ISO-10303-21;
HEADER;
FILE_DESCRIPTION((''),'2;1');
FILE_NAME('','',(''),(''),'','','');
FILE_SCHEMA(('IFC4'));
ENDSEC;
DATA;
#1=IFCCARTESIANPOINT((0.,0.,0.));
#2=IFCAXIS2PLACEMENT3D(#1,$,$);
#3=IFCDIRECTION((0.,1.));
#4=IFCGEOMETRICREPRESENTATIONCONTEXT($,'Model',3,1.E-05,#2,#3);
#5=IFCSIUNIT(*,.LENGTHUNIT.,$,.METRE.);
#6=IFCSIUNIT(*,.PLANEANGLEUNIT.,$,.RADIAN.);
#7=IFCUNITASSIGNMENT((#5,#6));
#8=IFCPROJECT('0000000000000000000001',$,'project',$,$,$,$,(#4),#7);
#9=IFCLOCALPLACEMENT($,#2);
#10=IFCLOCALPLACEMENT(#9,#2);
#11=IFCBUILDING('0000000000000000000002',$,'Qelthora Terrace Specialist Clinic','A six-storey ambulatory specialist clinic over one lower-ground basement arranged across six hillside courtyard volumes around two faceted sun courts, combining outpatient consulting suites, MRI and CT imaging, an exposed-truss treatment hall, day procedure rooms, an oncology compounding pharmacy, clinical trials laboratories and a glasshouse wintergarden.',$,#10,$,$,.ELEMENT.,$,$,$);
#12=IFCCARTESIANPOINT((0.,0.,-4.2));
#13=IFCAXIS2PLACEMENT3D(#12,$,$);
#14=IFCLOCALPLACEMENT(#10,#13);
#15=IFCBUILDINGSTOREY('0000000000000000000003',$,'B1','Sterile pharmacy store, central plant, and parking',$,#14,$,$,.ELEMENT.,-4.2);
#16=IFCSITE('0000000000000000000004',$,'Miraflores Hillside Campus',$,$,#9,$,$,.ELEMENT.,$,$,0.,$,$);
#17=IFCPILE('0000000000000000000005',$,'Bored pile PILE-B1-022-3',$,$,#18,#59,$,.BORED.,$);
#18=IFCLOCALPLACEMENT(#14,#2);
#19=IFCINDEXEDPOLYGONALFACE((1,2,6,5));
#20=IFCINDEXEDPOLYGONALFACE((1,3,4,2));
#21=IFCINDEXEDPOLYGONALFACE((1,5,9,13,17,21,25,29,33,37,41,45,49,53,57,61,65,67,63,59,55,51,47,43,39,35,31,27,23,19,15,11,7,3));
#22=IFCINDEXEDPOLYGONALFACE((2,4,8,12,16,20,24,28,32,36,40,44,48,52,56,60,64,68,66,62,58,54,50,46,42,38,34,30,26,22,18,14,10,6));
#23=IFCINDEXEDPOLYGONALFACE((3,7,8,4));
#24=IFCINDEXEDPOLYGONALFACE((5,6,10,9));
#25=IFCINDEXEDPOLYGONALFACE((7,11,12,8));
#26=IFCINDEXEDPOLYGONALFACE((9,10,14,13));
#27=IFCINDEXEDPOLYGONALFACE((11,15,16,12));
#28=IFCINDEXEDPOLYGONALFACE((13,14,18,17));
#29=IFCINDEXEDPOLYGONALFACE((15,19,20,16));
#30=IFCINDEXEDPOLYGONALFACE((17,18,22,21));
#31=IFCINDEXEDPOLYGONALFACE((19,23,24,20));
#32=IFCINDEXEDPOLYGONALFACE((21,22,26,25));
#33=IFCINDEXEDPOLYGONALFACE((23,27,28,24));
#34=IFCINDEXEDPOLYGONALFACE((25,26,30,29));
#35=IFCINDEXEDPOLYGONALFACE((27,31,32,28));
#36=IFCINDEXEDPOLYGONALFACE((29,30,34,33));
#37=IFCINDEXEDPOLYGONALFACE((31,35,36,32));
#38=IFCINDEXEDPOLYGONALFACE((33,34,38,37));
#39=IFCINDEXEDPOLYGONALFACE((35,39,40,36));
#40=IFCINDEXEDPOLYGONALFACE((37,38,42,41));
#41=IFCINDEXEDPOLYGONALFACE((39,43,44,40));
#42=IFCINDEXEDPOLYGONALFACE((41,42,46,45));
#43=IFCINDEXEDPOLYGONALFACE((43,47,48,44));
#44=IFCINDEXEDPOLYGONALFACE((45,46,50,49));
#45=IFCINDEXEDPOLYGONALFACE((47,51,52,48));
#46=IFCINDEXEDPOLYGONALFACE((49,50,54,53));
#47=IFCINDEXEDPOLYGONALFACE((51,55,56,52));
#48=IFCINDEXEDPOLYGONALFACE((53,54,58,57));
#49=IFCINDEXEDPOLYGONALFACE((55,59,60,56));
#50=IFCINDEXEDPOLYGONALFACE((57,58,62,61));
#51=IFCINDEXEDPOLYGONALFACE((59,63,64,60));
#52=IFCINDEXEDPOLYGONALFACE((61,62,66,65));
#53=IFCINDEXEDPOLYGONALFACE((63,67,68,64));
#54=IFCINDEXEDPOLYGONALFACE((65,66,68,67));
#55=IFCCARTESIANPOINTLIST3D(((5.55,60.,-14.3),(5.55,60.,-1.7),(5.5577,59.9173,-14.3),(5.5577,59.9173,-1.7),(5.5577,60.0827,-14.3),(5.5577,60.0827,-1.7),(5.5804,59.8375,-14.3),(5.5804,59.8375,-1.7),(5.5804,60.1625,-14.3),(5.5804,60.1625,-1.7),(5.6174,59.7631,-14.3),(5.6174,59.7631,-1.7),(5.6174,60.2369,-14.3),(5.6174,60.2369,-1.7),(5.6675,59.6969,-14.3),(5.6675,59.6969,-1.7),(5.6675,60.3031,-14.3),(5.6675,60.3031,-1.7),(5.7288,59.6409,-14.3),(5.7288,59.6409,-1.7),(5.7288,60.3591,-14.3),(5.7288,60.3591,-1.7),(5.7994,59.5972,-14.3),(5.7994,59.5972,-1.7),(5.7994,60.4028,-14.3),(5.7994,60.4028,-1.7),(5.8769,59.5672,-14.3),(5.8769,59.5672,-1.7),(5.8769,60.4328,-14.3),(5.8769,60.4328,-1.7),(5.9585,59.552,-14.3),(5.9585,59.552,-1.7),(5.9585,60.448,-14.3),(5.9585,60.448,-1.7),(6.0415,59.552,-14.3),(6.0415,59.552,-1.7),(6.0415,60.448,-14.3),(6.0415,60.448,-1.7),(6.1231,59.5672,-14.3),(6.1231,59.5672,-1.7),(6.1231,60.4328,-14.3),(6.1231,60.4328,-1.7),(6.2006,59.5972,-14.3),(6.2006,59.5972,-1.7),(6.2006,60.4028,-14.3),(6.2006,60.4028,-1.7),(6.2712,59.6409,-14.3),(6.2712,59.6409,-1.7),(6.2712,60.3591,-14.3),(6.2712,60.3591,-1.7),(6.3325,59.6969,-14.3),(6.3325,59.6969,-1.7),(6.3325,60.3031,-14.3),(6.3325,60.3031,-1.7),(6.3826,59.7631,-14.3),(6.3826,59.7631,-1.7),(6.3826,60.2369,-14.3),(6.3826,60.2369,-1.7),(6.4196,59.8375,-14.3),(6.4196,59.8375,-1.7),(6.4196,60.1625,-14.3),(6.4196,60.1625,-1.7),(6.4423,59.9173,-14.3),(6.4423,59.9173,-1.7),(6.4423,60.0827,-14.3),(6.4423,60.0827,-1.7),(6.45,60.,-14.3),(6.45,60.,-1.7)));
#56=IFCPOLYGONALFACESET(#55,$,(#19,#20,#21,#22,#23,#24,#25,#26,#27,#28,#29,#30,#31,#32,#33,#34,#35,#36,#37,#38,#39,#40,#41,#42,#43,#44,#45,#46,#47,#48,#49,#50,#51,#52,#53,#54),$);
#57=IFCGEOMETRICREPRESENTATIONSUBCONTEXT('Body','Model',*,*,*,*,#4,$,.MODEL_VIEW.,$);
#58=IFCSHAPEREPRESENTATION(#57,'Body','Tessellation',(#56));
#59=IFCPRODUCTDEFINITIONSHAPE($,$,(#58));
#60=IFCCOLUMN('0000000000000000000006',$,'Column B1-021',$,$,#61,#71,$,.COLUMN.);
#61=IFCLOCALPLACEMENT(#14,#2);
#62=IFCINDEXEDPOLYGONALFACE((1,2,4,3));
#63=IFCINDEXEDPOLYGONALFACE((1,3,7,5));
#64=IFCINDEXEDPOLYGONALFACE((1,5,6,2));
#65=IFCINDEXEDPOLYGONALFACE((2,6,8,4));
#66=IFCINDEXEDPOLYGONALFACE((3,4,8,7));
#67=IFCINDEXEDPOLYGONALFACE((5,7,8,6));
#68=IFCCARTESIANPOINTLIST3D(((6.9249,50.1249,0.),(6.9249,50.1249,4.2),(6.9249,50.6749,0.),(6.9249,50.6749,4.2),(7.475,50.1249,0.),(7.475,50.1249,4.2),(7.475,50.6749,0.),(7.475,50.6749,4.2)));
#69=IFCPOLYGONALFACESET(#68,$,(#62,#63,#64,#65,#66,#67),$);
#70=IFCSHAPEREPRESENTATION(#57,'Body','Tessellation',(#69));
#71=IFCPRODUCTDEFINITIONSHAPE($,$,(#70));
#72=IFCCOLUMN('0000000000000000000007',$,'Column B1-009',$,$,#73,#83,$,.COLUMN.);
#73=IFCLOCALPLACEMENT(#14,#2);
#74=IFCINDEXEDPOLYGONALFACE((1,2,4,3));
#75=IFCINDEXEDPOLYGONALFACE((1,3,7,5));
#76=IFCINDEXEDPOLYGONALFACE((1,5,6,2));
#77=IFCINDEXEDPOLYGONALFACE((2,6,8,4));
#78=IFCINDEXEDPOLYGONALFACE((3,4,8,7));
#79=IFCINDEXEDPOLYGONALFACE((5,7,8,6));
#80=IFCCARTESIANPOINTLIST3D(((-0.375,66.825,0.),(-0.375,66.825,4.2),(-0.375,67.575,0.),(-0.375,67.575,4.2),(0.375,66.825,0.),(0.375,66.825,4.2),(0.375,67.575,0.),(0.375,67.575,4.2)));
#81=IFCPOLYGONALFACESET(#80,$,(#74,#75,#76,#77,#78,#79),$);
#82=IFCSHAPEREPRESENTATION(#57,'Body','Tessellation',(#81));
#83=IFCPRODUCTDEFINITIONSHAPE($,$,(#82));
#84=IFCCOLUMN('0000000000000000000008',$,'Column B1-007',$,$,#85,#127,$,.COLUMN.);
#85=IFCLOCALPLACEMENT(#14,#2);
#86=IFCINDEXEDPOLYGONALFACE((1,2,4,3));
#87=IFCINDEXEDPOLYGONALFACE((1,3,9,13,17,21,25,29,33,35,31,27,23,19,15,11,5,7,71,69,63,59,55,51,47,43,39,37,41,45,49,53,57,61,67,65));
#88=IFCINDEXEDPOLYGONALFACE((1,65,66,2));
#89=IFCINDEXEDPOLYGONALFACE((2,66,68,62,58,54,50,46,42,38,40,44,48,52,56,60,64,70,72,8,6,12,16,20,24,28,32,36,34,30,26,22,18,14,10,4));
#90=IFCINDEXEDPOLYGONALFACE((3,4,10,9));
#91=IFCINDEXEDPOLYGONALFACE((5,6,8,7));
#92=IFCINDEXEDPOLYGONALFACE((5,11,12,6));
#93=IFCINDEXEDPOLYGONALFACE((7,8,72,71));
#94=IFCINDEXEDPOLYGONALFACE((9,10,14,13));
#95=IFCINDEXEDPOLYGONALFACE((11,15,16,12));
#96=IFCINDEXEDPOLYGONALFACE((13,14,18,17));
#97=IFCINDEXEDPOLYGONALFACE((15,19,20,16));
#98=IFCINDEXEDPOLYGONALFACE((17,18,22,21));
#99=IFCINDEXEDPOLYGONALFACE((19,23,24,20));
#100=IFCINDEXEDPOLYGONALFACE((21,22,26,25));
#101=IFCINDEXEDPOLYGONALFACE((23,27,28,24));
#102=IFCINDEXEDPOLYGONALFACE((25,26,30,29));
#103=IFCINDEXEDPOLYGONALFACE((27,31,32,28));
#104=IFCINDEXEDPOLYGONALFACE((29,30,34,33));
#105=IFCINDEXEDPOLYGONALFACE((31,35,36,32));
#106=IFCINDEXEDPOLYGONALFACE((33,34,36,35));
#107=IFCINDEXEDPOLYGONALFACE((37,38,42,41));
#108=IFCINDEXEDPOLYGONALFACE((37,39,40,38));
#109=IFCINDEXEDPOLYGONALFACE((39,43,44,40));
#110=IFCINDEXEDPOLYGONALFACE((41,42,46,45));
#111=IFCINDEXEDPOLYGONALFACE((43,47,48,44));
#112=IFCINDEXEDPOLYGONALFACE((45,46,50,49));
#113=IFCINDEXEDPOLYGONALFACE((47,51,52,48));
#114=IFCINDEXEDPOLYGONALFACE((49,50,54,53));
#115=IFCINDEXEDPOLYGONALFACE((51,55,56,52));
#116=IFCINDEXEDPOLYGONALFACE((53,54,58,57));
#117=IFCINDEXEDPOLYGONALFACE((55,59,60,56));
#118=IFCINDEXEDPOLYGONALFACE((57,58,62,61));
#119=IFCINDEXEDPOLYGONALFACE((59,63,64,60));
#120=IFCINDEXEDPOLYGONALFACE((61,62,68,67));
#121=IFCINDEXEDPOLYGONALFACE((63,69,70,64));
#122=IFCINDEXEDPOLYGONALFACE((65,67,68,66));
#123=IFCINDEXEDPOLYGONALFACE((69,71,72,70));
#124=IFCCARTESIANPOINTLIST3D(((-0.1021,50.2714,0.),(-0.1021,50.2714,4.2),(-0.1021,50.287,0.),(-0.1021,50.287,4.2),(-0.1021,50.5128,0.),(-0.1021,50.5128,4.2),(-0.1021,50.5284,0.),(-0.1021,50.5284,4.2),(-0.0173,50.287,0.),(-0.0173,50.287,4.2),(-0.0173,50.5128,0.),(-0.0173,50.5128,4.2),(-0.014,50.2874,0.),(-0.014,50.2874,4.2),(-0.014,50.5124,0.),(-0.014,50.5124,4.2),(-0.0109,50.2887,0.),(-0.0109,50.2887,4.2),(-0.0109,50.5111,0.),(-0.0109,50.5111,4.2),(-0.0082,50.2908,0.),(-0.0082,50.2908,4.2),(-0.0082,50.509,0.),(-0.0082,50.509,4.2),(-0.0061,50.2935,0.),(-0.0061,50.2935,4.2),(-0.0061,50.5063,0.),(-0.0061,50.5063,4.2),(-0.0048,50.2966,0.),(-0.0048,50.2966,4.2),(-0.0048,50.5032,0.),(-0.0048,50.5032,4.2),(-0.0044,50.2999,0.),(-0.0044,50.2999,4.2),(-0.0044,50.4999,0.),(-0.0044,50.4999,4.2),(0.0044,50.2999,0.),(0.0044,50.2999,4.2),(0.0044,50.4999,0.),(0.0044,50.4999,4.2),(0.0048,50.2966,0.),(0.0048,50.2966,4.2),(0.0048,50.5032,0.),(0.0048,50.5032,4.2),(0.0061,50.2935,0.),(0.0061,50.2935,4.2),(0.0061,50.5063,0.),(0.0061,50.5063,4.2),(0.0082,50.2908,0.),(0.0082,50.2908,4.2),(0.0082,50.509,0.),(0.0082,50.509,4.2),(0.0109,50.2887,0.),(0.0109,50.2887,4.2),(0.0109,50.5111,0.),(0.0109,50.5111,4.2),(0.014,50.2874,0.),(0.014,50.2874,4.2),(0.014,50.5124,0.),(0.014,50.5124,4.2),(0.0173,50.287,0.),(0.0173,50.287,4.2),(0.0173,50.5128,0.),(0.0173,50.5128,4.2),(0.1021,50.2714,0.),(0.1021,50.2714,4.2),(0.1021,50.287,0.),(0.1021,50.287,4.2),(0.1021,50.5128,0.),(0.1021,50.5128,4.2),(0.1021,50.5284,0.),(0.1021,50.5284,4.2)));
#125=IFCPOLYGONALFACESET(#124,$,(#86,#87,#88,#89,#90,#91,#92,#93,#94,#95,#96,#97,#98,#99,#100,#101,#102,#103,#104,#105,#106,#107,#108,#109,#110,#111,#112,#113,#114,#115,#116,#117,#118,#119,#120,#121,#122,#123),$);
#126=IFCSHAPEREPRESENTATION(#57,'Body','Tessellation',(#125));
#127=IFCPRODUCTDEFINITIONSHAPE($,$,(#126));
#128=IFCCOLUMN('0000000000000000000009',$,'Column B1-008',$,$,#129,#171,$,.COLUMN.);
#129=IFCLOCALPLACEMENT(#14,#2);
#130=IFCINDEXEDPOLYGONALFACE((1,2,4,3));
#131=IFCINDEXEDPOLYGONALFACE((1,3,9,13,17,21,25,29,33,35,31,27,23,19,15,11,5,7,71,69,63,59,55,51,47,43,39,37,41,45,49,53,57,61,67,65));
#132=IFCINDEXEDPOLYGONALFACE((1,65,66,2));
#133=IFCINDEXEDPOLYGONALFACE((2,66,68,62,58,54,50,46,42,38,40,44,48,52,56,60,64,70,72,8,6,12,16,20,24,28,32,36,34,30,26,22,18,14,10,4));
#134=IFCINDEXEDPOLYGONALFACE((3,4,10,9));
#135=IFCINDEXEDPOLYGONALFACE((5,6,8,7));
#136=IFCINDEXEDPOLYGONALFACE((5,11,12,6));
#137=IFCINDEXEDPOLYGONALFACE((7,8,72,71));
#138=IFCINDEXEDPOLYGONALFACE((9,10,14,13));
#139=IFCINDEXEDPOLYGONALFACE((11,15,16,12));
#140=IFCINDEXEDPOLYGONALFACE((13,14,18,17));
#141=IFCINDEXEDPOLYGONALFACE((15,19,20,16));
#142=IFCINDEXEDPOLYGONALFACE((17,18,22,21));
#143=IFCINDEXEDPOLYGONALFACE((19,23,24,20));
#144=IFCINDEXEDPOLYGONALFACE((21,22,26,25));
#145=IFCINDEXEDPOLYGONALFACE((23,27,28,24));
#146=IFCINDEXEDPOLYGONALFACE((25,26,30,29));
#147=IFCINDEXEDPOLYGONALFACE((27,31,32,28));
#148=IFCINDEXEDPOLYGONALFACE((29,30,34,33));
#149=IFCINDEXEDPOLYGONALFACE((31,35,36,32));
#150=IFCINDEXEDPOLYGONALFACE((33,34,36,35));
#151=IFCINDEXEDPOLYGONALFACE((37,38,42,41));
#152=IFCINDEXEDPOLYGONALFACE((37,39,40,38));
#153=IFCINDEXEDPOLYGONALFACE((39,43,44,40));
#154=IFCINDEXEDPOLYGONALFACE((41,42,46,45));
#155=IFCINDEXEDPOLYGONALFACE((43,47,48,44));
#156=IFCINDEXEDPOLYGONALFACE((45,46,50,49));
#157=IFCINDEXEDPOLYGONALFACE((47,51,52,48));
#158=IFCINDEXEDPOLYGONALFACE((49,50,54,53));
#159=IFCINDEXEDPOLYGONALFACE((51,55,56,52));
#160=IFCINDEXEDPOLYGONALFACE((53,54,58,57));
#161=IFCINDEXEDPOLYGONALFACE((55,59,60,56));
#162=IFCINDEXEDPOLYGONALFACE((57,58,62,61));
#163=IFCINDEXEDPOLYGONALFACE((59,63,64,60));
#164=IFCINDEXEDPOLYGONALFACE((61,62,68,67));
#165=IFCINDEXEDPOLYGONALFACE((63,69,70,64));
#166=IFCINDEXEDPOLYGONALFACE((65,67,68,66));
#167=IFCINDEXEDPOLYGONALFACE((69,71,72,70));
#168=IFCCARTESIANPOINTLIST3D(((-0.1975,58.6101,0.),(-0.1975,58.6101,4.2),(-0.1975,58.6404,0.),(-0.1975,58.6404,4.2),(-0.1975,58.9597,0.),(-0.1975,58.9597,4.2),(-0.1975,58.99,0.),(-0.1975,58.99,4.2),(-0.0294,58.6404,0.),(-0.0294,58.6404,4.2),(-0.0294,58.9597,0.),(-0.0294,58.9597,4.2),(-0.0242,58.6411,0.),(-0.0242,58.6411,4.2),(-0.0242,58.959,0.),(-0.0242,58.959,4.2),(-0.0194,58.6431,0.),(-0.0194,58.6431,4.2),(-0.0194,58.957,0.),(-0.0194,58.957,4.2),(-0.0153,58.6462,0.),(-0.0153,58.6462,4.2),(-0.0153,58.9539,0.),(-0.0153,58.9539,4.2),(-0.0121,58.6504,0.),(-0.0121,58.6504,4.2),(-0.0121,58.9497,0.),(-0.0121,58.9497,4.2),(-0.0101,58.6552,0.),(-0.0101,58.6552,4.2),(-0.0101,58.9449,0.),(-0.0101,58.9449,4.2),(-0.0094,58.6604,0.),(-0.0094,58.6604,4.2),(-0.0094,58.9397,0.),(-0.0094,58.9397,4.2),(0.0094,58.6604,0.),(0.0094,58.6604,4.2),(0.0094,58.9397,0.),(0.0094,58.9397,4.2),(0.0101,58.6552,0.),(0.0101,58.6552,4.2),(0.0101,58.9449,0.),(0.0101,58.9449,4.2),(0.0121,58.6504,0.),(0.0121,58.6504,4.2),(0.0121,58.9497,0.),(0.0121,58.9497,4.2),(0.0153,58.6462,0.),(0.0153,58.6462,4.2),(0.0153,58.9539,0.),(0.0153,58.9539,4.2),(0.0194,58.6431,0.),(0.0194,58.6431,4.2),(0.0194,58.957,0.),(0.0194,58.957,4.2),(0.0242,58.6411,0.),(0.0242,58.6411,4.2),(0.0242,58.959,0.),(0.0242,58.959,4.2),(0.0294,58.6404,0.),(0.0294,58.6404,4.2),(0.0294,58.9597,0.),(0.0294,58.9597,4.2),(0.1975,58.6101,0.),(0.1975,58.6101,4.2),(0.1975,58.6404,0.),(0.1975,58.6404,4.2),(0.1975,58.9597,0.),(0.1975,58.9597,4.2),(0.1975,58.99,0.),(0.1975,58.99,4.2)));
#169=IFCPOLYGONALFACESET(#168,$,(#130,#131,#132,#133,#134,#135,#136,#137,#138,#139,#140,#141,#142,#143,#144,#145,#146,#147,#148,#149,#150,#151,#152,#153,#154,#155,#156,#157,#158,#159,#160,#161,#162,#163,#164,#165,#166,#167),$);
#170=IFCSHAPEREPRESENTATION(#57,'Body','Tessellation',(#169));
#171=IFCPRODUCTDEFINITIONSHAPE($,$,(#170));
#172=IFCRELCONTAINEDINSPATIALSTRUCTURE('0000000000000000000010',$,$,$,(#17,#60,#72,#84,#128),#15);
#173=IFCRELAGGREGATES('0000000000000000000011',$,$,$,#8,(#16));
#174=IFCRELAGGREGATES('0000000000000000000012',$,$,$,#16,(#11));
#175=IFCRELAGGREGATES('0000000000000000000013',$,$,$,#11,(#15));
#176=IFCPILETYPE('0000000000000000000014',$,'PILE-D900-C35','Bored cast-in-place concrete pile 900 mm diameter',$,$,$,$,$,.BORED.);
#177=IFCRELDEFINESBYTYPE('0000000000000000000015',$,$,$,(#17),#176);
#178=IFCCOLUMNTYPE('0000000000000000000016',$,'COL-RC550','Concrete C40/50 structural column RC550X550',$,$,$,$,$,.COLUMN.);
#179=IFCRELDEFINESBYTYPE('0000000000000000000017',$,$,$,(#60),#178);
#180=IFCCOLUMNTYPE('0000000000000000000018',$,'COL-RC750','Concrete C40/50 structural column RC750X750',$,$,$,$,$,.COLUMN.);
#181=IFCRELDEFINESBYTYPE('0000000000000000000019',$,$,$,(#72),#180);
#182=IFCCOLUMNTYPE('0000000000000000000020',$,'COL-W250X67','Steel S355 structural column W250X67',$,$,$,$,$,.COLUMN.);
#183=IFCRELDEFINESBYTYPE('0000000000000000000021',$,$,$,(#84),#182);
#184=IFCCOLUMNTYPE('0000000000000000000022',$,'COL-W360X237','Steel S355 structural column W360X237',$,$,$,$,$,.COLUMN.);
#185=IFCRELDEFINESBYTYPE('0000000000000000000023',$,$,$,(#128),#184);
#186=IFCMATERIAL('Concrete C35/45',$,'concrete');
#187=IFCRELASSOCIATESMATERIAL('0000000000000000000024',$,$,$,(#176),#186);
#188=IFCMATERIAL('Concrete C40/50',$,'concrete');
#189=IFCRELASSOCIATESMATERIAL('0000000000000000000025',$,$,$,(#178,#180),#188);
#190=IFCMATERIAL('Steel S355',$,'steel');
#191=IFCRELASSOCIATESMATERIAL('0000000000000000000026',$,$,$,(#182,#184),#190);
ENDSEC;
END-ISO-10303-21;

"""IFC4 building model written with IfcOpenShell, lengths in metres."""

from ifc_helpers import new_model, si_unit, direction, frame, origin, origin_2d, place, context, subcontext, project, spatial, rectangle, circle, i_section, extrude, material, material_profile, profile_set, type_object, element, save


model = new_model("IFC4")

# Units and contexts
model_context = context("Model", 3, precision=1e-05, world=origin(), true_north=direction((0.0, 1.0)))
body_context = subcontext(model_context, "Body", "Model", "MODEL_VIEW")
ifc_project = project(units=[si_unit("LENGTHUNIT", "METRE"), si_unit("PLANEANGLEUNIT", "RADIAN")], contexts=[model_context])

# Site, building, storey
site_placement = place(None, origin())
site = spatial("IfcSite", under=ifc_project, at=site_placement, Name="Miraflores Hillside Campus", CompositionType="ELEMENT", RefElevation=0.0)
building_placement = place(site_placement, origin())
building = spatial("IfcBuilding", under=site, at=building_placement, Name="Qelthora Terrace Specialist Clinic", Description="A six-storey ambulatory specialist clinic over one lower-ground basement arranged across six hillside courtyard volumes around two faceted sun courts, combining outpatient consulting suites, MRI and CT imaging, an exposed-truss treatment hall, day procedure rooms, an oncology compounding pharmacy, clinical trials laboratories and a glasshouse wintergarden.", CompositionType="ELEMENT")
storey_placement = place(building_placement, frame((0.0, 0.0, -4.2)))
storey = spatial("IfcBuildingStorey", under=building, at=storey_placement, Name="B1", Description="Sterile pharmacy store, central plant, and parking", CompositionType="ELEMENT", Elevation=-4.2)

# Shared definitions
ifc_material_1 = material(Name="Concrete C35/45", Category="concrete")

# Pile
ifc_material_profile_1 = material_profile(ifc_material_1, circle(Radius=0.45, at=origin_2d()), Name="PILE900")
ifc_profile_set_1 = profile_set([ifc_material_profile_1], Name="Concrete C35/45")
pile_type_1 = type_object("IfcPileType", Name="PILE-D900-C35", Description="Bored cast-in-place concrete pile 900 mm diameter", PredefinedType="BORED", material=ifc_profile_set_1)
for number, where, z_axis, x_axis, name in (
    (1, (6.0, 60.0, -1.7), (0.0, 0.0, -1.0), (1.0, 0.0, 0.0), "Bored pile PILE-B1-022-3"),
):
    element("IfcPile", number, at=place(storey_placement, frame(where, z_axis=z_axis, x_axis=x_axis)), inside=storey, type_object=pile_type_1, Name=name, PredefinedType="BORED", context=body_context, shape_type="SweptSolid", body=[
        extrude(circle(Radius=0.45, at=origin_2d()), origin(), (0.0, 0.0, 1.0), 12.6001),
    ])

# Columns
ifc_material_2 = material(Name="Concrete C40/50", Category="concrete")
ifc_material_profile_2 = material_profile(ifc_material_2, rectangle(XDim=0.55, YDim=0.55, at=origin_2d()), Name="RC550X550")
ifc_profile_set_2 = profile_set([ifc_material_profile_2], Name="Concrete C40/50")
column_type_1 = type_object("IfcColumnType", Name="COL-RC550", Description="Concrete C40/50 structural column RC550X550", PredefinedType="COLUMN", material=ifc_profile_set_2)
column_1_placement = place(storey_placement, frame((7.2, 50.3999, 0.0), z_axis=(0.0, 0.0, 1.0), x_axis=(1.0, 0.0, 0.0)))
element("IfcColumn", 2, at=column_1_placement, inside=storey, type_object=column_type_1, Name="Column B1-021", PredefinedType="COLUMN", context=body_context, shape_type="SweptSolid", body=[
    extrude(rectangle(XDim=0.55, YDim=0.55, at=origin_2d()), origin(), (0.0, 0.0, 1.0), 4.2),
])
ifc_material_profile_3 = material_profile(ifc_material_2, rectangle(XDim=0.75, YDim=0.75, at=origin_2d()), Name="RC750X750")
ifc_profile_set_3 = profile_set([ifc_material_profile_3], Name="Concrete C40/50")
column_type_2 = type_object("IfcColumnType", Name="COL-RC750", Description="Concrete C40/50 structural column RC750X750", PredefinedType="COLUMN", material=ifc_profile_set_3)
column_2_placement = place(storey_placement, frame((0.0, 67.2, 0.0), z_axis=(0.0, 0.0, 1.0), x_axis=(1.0, 0.0, 0.0)))
element("IfcColumn", 3, at=column_2_placement, inside=storey, type_object=column_type_2, Name="Column B1-009", PredefinedType="COLUMN", context=body_context, shape_type="SweptSolid", body=[
    extrude(rectangle(XDim=0.75, YDim=0.75, at=origin_2d()), origin(), (0.0, 0.0, 1.0), 4.2),
])
ifc_material_3 = material(Name="Steel S355", Category="steel")
ifc_material_profile_4 = material_profile(ifc_material_3, i_section(OverallWidth=0.2041, OverallDepth=0.2571, WebThickness=0.0088, FlangeThickness=0.0156, FilletRadius=0.0129, at=origin_2d()), Name="W250X67")
ifc_profile_set_4 = profile_set([ifc_material_profile_4], Name="Steel S355")
column_type_3 = type_object("IfcColumnType", Name="COL-W250X67", Description="Steel S355 structural column W250X67", PredefinedType="COLUMN", material=ifc_profile_set_4)
column_3_placement = place(storey_placement, frame((0.0, 50.3999, 0.0), z_axis=(0.0, 0.0, 1.0), x_axis=(1.0, 0.0, 0.0)))
element("IfcColumn", 4, at=column_3_placement, inside=storey, type_object=column_type_3, Name="Column B1-007", PredefinedType="COLUMN", context=body_context, shape_type="SweptSolid", body=[
    extrude(i_section(OverallWidth=0.2041, OverallDepth=0.2571, WebThickness=0.0088, FlangeThickness=0.0156, FilletRadius=0.0129, at=origin_2d()), origin(), (0.0, 0.0, 1.0), 4.2),
])
ifc_material_profile_5 = material_profile(ifc_material_3, i_section(OverallWidth=0.395, OverallDepth=0.3799, WebThickness=0.0188, FlangeThickness=0.0303, FilletRadius=0.02, at=origin_2d()), Name="W360X237")
ifc_profile_set_5 = profile_set([ifc_material_profile_5], Name="Steel S355")
column_type_4 = type_object("IfcColumnType", Name="COL-W360X237", Description="Steel S355 structural column W360X237", PredefinedType="COLUMN", material=ifc_profile_set_5)
column_4_placement = place(storey_placement, frame((0.0, 58.8, 0.0), z_axis=(0.0, 0.0, 1.0), x_axis=(1.0, 0.0, 0.0)))
element("IfcColumn", 5, at=column_4_placement, inside=storey, type_object=column_type_4, Name="Column B1-008", PredefinedType="COLUMN", context=body_context, shape_type="SweptSolid", body=[
    extrude(i_section(OverallWidth=0.395, OverallDepth=0.3799, WebThickness=0.0188, FlangeThickness=0.0303, FilletRadius=0.02, at=origin_2d()), origin(), (0.0, 0.0, 1.0), 4.2),
])

save(model, "model.ifc")
